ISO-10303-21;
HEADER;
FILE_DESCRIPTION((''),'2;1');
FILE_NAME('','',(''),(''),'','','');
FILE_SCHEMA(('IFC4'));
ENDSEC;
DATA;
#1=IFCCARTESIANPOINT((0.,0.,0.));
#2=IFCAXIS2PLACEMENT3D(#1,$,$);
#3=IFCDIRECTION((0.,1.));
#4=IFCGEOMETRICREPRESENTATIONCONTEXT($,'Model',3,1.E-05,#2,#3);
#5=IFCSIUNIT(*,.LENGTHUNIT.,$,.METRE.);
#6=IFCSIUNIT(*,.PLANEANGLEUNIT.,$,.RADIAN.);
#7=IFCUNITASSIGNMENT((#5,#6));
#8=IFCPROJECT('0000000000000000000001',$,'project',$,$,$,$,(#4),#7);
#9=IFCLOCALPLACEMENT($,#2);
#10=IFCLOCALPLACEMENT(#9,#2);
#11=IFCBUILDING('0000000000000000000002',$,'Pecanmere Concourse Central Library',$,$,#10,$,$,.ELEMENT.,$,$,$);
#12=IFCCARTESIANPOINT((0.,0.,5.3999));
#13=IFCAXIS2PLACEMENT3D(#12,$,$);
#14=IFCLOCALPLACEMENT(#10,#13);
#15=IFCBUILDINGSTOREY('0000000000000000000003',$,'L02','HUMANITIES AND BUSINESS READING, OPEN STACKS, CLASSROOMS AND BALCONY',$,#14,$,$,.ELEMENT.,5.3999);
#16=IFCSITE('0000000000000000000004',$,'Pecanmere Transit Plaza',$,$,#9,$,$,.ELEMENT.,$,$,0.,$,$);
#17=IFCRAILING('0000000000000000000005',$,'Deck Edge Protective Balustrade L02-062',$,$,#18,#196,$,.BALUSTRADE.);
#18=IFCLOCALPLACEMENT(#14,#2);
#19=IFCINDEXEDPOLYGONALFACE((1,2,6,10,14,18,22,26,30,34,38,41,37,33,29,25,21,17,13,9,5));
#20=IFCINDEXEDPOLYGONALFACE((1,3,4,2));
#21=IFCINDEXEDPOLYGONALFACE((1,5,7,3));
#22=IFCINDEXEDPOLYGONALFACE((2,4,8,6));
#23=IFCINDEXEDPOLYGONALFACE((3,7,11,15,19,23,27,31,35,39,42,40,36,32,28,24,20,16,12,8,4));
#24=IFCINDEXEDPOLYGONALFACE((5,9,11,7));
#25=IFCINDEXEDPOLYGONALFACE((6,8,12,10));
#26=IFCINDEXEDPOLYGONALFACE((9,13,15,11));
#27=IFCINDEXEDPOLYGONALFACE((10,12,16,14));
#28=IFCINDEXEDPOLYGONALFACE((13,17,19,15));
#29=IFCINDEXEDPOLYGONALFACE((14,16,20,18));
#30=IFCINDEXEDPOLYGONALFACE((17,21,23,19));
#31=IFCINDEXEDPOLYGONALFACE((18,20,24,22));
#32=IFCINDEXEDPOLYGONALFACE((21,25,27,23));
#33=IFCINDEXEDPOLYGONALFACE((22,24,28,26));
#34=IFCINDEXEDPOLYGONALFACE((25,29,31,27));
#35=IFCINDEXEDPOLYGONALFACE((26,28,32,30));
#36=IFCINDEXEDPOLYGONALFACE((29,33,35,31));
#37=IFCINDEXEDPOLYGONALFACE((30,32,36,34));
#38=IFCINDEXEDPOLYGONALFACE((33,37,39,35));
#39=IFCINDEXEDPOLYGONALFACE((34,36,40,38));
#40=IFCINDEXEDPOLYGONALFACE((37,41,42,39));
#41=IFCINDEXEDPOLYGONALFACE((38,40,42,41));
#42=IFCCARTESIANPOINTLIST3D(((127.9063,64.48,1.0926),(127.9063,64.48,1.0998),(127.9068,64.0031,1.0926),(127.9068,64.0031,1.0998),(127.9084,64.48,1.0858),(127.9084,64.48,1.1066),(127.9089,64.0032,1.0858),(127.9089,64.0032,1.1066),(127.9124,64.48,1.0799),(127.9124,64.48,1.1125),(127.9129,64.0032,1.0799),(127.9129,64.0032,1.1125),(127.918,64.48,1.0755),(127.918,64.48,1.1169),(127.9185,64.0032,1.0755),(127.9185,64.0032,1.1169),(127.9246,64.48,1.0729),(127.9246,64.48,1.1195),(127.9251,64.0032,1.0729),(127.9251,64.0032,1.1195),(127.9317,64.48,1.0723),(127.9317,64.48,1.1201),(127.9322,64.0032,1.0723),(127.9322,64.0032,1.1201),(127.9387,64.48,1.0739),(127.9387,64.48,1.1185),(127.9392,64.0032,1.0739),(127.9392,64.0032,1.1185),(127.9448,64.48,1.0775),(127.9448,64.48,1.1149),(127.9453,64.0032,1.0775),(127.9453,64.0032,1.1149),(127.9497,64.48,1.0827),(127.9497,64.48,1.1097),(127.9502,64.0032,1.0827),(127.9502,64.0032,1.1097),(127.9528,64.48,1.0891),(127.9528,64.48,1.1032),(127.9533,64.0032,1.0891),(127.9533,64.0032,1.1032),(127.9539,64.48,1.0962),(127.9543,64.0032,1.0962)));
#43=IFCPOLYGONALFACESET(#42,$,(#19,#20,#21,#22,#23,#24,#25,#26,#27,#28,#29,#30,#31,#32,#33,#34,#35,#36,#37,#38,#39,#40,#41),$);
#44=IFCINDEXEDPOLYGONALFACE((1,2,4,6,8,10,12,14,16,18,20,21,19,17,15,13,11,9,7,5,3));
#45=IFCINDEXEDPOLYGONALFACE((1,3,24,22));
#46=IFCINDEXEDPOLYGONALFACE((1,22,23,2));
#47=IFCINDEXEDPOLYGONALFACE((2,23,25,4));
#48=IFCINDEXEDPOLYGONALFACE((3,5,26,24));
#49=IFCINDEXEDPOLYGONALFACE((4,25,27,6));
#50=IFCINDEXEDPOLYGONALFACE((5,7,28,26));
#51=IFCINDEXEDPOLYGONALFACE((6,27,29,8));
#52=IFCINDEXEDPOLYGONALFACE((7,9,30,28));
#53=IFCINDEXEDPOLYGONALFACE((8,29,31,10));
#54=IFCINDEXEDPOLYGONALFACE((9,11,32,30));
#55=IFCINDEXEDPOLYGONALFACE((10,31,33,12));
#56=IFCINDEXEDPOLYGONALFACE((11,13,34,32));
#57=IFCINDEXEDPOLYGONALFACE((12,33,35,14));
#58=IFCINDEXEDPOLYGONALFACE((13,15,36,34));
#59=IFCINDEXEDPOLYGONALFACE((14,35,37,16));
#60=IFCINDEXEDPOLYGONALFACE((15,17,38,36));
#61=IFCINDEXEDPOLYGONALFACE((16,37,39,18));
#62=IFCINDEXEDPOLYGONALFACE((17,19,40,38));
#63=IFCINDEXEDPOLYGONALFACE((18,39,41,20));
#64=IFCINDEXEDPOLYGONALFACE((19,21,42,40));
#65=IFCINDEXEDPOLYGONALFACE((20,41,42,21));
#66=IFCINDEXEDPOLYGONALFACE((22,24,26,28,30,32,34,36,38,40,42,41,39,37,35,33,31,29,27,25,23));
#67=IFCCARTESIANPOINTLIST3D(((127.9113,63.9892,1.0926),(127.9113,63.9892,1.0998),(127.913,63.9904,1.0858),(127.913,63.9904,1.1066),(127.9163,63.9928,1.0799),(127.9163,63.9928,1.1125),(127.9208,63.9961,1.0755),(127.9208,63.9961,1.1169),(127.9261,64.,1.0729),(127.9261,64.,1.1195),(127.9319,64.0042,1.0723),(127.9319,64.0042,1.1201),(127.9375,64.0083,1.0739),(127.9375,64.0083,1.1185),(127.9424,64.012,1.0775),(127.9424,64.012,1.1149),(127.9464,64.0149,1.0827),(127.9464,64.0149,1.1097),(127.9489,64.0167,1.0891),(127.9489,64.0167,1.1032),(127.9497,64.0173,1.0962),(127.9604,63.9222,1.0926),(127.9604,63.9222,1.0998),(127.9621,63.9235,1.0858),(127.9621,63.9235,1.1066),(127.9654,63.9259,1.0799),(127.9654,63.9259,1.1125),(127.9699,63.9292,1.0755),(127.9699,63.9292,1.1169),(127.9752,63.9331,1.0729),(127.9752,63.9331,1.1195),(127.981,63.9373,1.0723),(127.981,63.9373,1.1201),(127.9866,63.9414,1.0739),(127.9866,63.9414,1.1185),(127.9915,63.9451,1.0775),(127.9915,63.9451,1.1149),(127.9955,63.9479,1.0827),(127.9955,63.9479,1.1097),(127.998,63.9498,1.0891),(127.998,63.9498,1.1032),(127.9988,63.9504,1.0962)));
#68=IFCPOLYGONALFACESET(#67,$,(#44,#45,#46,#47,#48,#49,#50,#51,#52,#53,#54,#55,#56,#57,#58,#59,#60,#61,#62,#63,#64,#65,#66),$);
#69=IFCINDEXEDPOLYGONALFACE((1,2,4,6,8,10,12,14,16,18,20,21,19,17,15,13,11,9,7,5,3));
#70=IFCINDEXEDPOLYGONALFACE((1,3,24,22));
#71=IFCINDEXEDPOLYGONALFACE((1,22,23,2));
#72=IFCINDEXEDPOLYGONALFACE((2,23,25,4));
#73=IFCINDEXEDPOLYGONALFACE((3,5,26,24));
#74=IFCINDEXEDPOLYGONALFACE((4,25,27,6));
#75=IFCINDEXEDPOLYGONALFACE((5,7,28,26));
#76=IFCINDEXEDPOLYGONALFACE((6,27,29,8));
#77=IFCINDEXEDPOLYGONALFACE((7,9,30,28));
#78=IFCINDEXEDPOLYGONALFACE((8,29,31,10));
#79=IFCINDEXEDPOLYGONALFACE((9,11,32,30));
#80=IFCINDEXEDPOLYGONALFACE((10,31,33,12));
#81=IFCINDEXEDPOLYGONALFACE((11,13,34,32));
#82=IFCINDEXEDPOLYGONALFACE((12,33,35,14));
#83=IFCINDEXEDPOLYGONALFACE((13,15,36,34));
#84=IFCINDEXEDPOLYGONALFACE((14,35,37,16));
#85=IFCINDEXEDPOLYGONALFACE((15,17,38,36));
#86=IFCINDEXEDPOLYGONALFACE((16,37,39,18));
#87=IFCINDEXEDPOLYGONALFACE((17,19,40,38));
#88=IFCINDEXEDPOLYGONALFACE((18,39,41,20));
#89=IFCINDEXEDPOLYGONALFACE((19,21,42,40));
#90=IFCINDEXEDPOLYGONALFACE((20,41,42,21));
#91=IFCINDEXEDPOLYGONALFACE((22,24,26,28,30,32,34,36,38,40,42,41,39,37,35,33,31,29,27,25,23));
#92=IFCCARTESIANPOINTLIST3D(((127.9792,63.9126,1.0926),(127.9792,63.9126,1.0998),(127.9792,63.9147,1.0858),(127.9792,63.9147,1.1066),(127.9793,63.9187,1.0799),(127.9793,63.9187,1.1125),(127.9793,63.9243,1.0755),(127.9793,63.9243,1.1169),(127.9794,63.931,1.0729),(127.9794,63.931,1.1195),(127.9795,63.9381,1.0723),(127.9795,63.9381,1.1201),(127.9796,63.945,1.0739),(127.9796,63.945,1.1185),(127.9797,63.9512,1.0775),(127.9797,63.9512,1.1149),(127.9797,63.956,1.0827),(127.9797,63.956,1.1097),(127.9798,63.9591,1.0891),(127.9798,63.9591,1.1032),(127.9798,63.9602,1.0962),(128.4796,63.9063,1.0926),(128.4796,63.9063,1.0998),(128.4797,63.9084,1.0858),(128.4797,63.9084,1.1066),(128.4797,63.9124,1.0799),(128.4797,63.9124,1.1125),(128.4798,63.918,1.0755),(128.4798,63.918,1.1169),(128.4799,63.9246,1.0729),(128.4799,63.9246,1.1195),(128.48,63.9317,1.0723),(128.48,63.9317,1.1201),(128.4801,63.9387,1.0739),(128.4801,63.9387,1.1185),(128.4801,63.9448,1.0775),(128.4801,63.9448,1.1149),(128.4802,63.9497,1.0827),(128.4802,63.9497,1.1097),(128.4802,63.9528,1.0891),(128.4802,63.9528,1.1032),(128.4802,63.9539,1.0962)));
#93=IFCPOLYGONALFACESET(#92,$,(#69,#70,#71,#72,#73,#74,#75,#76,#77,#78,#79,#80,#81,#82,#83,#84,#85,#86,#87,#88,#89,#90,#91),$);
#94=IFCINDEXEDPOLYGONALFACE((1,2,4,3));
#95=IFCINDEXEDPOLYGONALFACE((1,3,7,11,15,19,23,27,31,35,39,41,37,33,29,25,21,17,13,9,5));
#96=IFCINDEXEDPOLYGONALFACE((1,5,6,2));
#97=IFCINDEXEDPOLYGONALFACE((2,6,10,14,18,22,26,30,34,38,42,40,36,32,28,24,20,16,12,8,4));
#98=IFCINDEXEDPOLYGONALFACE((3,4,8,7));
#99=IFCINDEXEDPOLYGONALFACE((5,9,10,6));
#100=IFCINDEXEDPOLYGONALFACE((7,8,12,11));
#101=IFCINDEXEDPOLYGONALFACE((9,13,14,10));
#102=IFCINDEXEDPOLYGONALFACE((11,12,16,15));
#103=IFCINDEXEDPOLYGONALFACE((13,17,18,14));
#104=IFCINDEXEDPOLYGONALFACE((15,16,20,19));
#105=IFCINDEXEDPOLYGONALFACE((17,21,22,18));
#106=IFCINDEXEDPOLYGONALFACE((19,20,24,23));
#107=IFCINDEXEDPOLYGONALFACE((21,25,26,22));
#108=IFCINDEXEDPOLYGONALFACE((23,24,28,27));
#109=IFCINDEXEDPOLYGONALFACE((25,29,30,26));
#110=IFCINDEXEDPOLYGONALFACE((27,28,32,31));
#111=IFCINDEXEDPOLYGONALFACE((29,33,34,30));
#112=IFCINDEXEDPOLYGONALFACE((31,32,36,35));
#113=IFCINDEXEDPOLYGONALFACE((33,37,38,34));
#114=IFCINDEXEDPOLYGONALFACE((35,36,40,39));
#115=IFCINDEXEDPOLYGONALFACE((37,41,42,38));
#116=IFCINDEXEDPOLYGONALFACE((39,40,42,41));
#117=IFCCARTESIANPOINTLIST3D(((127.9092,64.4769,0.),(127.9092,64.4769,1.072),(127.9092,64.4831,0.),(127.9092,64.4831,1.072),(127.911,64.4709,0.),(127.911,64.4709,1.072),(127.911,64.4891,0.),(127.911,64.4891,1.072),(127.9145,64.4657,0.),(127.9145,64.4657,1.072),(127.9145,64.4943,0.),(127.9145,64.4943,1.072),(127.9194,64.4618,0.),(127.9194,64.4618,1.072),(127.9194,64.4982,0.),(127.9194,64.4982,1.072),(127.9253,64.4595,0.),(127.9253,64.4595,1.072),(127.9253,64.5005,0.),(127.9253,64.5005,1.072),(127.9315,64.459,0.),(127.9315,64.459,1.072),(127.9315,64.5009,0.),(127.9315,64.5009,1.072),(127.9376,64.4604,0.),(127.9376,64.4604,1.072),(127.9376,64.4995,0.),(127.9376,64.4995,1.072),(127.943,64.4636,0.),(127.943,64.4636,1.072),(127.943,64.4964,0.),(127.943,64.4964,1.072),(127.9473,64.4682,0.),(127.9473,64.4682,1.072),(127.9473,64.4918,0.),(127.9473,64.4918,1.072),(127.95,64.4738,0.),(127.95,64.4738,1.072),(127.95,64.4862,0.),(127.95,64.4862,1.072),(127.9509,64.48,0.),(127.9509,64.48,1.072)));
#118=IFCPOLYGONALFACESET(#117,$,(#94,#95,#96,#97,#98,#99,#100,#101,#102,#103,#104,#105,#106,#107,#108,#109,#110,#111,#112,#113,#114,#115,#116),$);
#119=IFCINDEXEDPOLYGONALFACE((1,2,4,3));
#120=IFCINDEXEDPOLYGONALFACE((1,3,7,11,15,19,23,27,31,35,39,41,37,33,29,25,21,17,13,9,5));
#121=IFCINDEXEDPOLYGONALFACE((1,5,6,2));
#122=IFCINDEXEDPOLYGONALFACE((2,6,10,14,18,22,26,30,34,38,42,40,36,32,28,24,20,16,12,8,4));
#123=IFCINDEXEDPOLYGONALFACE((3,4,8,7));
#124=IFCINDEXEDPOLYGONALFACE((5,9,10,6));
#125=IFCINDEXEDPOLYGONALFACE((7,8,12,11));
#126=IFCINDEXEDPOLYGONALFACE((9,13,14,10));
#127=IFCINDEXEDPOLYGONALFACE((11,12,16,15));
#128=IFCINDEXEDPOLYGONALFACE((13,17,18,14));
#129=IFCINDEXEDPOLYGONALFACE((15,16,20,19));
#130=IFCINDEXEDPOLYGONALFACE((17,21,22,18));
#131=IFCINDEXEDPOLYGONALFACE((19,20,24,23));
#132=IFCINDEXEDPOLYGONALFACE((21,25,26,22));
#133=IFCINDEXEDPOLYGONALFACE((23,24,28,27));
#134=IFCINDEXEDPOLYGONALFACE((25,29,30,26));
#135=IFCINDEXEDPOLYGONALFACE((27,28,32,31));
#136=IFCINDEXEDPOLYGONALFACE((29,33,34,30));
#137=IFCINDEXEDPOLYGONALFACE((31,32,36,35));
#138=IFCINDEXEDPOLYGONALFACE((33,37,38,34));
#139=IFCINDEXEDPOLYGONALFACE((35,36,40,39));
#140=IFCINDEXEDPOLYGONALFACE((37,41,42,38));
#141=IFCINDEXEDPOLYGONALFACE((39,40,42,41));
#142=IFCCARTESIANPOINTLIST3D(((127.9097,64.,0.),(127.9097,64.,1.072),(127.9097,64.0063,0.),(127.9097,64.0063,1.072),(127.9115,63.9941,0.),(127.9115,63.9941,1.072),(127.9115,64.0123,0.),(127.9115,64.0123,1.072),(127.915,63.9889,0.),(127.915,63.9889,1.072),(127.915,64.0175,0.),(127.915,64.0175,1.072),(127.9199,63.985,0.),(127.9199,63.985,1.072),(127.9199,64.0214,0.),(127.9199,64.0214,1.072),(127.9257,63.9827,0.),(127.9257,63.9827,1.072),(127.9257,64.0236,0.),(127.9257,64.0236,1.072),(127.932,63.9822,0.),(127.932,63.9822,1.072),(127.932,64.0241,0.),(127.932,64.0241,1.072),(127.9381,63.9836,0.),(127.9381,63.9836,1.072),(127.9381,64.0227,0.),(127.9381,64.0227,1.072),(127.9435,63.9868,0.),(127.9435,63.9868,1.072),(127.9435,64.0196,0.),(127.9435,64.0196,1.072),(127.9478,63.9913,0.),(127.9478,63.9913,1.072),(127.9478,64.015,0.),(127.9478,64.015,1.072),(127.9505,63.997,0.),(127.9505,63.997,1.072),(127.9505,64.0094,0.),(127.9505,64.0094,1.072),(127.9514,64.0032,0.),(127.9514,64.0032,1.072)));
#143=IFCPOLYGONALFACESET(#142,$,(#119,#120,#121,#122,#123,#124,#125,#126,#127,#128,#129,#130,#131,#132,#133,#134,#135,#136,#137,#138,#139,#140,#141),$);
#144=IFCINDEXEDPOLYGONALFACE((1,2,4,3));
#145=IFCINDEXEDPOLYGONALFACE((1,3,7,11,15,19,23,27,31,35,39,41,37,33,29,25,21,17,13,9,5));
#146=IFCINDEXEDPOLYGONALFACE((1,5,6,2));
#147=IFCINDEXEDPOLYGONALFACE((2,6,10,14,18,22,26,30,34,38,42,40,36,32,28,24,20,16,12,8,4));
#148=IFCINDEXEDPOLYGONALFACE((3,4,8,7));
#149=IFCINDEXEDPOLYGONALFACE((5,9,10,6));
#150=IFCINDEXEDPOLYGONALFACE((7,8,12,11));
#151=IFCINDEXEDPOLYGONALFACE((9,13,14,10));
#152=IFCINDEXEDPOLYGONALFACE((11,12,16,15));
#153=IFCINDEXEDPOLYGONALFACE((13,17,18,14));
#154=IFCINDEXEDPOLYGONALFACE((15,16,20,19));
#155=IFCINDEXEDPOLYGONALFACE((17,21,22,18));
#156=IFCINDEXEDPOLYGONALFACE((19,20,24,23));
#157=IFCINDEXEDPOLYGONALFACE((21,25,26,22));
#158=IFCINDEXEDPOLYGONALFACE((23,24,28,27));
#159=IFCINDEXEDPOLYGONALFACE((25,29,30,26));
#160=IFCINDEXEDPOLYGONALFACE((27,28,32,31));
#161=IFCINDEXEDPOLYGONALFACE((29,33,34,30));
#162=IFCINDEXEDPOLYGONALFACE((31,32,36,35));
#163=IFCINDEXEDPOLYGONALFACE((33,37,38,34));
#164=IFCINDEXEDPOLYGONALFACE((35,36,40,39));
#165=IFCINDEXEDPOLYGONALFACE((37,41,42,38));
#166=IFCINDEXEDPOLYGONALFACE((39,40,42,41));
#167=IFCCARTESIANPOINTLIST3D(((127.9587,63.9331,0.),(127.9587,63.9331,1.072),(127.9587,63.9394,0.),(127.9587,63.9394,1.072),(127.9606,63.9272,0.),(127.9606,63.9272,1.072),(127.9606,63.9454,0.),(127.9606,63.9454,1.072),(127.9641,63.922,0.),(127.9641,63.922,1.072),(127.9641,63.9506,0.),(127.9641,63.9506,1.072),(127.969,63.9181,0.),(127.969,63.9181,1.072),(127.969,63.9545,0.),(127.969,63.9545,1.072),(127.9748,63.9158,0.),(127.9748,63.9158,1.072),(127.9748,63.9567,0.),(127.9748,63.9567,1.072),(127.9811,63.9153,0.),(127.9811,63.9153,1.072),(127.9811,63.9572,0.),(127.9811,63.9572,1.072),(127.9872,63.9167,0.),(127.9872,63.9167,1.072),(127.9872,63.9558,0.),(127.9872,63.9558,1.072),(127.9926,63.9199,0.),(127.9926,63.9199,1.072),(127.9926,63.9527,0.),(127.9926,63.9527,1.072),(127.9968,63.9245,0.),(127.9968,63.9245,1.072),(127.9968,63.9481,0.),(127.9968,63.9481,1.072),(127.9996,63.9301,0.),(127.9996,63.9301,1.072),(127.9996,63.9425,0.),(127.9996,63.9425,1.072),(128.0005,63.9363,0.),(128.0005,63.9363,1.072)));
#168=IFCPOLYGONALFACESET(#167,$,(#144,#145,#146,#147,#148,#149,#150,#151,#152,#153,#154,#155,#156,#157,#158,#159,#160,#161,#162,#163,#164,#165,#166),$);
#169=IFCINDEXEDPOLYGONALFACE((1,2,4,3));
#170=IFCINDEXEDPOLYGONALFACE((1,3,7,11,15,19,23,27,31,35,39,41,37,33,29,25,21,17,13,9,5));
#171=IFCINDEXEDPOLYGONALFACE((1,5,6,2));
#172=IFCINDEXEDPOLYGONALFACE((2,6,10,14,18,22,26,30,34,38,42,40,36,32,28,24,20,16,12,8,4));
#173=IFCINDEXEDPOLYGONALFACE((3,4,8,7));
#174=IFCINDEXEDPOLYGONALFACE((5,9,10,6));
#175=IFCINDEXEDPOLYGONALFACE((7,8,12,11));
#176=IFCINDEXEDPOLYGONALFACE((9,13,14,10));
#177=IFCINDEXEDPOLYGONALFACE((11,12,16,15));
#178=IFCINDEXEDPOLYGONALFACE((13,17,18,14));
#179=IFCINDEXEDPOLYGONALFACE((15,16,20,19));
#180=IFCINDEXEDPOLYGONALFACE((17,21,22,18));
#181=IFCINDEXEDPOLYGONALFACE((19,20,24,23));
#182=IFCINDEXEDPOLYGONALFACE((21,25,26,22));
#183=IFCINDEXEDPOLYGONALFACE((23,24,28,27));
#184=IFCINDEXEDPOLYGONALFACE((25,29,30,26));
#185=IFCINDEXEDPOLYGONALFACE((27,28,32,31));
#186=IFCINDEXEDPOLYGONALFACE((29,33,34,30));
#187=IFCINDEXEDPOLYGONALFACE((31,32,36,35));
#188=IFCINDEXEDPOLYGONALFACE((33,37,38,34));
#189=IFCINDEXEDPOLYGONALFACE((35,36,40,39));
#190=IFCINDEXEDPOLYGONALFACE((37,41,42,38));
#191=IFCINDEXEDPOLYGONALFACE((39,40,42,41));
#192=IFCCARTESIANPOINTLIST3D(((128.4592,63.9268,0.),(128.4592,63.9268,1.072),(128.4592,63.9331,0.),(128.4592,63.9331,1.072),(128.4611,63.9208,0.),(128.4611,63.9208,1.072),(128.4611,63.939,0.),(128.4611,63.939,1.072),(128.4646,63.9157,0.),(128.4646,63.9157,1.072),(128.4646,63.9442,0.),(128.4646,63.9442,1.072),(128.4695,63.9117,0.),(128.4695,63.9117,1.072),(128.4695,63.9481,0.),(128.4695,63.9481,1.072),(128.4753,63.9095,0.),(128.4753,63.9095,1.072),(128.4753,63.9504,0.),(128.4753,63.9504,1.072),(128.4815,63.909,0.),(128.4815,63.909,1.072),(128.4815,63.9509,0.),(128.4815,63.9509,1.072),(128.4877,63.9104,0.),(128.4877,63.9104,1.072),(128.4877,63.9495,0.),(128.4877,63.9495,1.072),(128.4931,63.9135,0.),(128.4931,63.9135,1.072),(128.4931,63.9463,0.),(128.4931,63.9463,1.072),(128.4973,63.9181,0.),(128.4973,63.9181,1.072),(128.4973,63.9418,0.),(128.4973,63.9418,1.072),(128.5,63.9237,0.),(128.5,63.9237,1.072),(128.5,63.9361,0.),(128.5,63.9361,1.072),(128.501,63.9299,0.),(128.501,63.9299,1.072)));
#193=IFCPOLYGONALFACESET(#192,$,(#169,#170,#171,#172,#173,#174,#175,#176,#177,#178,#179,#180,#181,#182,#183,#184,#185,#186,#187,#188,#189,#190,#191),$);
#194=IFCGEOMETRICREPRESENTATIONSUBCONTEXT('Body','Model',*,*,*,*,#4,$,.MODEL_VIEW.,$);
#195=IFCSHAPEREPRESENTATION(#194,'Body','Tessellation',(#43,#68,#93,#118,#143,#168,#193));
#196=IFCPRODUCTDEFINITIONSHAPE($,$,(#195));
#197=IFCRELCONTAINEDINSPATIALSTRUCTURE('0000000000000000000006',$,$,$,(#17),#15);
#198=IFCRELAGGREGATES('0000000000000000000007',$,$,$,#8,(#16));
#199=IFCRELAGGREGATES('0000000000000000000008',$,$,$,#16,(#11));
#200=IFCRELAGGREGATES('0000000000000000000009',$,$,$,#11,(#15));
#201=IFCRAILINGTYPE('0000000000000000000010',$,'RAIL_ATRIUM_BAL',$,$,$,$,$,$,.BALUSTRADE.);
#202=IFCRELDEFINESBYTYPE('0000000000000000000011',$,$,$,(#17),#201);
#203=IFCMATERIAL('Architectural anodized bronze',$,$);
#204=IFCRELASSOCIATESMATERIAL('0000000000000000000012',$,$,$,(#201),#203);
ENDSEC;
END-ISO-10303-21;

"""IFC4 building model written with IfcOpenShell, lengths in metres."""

from ifc_helpers import new_model, si_unit, direction, frame, origin, origin_2d, place, context, subcontext, project, spatial, circle, extrude, material, type_object, element, save


model = new_model("IFC4")

# Units and contexts
model_context = context("Model", 3, precision=1e-05, world=origin(), true_north=direction((0.0, 1.0)))
body_context = subcontext(model_context, "Body", "Model", "MODEL_VIEW")
ifc_project = project(units=[si_unit("LENGTHUNIT", "METRE"), si_unit("PLANEANGLEUNIT", "RADIAN")], contexts=[model_context])

# Site, building, storey
site_placement = place(None, origin())
site = spatial("IfcSite", under=ifc_project, at=site_placement, Name="Pecanmere Transit Plaza", CompositionType="ELEMENT", RefElevation=0.0)
building_placement = place(site_placement, origin())
building = spatial("IfcBuilding", under=site, at=building_placement, Name="Pecanmere Concourse Central Library", CompositionType="ELEMENT")
storey_placement = place(building_placement, frame((0.0, 0.0, 5.3999)))
storey = spatial("IfcBuildingStorey", under=building, at=storey_placement, Name="L02", Description="HUMANITIES AND BUSINESS READING, OPEN STACKS, CLASSROOMS AND BALCONY", CompositionType="ELEMENT", Elevation=5.3999)

# Railing
ifc_material_1 = material(Name="Architectural anodized bronze")
railing_type = type_object("IfcRailingType", Name="RAIL_ATRIUM_BAL", PredefinedType="BALUSTRADE", material=ifc_material_1)
railing_placement = place(storey_placement, frame((127.9299, 64.48, 0.0)))
element("IfcRailing", 1, at=railing_placement, inside=storey, type_object=railing_type, Name="Deck Edge Protective Balustrade L02-062", PredefinedType="BALUSTRADE", context=body_context, shape_type="SweptSolid", body=[
    extrude(circle(Radius=0.0239, at=origin_2d()), frame((0.0, 0.0, 1.0962), z_axis=(0.001024, -0.999999, 0.0), x_axis=(0.999999, 0.001024, 0.0)), (0.0, 0.0, 1.0), 0.4768),
    extrude(circle(Radius=0.0239, at=origin_2d()), frame((0.0005, -0.4768, 1.0962), z_axis=(0.591491, -0.806311, 0.0), x_axis=(0.806311, 0.591491, 0.0)), (0.0, 0.0, 1.0), 0.083),
    extrude(circle(Radius=0.0239, at=origin_2d()), frame((0.0496, -0.5437, 1.0962), z_axis=(0.99992, -0.012682, 0.0), x_axis=(0.012682, 0.99992, 0.0)), (0.0, 0.0, 1.0), 0.5005),
    extrude(circle(Radius=0.021, at=origin_2d()), origin(), (0.0, 0.0, 1.0), 1.072),
    extrude(circle(Radius=0.021, at=origin_2d()), frame((0.0005, -0.4768, 0.0)), (0.0, 0.0, 1.0), 1.072),
    extrude(circle(Radius=0.021, at=origin_2d()), frame((0.0496, -0.5437, 0.0)), (0.0, 0.0, 1.0), 1.072),
    extrude(circle(Radius=0.021, at=origin_2d()), frame((0.55, -0.55, 0.0)), (0.0, 0.0, 1.0), 1.072),
])

save(model, "model.ifc")
